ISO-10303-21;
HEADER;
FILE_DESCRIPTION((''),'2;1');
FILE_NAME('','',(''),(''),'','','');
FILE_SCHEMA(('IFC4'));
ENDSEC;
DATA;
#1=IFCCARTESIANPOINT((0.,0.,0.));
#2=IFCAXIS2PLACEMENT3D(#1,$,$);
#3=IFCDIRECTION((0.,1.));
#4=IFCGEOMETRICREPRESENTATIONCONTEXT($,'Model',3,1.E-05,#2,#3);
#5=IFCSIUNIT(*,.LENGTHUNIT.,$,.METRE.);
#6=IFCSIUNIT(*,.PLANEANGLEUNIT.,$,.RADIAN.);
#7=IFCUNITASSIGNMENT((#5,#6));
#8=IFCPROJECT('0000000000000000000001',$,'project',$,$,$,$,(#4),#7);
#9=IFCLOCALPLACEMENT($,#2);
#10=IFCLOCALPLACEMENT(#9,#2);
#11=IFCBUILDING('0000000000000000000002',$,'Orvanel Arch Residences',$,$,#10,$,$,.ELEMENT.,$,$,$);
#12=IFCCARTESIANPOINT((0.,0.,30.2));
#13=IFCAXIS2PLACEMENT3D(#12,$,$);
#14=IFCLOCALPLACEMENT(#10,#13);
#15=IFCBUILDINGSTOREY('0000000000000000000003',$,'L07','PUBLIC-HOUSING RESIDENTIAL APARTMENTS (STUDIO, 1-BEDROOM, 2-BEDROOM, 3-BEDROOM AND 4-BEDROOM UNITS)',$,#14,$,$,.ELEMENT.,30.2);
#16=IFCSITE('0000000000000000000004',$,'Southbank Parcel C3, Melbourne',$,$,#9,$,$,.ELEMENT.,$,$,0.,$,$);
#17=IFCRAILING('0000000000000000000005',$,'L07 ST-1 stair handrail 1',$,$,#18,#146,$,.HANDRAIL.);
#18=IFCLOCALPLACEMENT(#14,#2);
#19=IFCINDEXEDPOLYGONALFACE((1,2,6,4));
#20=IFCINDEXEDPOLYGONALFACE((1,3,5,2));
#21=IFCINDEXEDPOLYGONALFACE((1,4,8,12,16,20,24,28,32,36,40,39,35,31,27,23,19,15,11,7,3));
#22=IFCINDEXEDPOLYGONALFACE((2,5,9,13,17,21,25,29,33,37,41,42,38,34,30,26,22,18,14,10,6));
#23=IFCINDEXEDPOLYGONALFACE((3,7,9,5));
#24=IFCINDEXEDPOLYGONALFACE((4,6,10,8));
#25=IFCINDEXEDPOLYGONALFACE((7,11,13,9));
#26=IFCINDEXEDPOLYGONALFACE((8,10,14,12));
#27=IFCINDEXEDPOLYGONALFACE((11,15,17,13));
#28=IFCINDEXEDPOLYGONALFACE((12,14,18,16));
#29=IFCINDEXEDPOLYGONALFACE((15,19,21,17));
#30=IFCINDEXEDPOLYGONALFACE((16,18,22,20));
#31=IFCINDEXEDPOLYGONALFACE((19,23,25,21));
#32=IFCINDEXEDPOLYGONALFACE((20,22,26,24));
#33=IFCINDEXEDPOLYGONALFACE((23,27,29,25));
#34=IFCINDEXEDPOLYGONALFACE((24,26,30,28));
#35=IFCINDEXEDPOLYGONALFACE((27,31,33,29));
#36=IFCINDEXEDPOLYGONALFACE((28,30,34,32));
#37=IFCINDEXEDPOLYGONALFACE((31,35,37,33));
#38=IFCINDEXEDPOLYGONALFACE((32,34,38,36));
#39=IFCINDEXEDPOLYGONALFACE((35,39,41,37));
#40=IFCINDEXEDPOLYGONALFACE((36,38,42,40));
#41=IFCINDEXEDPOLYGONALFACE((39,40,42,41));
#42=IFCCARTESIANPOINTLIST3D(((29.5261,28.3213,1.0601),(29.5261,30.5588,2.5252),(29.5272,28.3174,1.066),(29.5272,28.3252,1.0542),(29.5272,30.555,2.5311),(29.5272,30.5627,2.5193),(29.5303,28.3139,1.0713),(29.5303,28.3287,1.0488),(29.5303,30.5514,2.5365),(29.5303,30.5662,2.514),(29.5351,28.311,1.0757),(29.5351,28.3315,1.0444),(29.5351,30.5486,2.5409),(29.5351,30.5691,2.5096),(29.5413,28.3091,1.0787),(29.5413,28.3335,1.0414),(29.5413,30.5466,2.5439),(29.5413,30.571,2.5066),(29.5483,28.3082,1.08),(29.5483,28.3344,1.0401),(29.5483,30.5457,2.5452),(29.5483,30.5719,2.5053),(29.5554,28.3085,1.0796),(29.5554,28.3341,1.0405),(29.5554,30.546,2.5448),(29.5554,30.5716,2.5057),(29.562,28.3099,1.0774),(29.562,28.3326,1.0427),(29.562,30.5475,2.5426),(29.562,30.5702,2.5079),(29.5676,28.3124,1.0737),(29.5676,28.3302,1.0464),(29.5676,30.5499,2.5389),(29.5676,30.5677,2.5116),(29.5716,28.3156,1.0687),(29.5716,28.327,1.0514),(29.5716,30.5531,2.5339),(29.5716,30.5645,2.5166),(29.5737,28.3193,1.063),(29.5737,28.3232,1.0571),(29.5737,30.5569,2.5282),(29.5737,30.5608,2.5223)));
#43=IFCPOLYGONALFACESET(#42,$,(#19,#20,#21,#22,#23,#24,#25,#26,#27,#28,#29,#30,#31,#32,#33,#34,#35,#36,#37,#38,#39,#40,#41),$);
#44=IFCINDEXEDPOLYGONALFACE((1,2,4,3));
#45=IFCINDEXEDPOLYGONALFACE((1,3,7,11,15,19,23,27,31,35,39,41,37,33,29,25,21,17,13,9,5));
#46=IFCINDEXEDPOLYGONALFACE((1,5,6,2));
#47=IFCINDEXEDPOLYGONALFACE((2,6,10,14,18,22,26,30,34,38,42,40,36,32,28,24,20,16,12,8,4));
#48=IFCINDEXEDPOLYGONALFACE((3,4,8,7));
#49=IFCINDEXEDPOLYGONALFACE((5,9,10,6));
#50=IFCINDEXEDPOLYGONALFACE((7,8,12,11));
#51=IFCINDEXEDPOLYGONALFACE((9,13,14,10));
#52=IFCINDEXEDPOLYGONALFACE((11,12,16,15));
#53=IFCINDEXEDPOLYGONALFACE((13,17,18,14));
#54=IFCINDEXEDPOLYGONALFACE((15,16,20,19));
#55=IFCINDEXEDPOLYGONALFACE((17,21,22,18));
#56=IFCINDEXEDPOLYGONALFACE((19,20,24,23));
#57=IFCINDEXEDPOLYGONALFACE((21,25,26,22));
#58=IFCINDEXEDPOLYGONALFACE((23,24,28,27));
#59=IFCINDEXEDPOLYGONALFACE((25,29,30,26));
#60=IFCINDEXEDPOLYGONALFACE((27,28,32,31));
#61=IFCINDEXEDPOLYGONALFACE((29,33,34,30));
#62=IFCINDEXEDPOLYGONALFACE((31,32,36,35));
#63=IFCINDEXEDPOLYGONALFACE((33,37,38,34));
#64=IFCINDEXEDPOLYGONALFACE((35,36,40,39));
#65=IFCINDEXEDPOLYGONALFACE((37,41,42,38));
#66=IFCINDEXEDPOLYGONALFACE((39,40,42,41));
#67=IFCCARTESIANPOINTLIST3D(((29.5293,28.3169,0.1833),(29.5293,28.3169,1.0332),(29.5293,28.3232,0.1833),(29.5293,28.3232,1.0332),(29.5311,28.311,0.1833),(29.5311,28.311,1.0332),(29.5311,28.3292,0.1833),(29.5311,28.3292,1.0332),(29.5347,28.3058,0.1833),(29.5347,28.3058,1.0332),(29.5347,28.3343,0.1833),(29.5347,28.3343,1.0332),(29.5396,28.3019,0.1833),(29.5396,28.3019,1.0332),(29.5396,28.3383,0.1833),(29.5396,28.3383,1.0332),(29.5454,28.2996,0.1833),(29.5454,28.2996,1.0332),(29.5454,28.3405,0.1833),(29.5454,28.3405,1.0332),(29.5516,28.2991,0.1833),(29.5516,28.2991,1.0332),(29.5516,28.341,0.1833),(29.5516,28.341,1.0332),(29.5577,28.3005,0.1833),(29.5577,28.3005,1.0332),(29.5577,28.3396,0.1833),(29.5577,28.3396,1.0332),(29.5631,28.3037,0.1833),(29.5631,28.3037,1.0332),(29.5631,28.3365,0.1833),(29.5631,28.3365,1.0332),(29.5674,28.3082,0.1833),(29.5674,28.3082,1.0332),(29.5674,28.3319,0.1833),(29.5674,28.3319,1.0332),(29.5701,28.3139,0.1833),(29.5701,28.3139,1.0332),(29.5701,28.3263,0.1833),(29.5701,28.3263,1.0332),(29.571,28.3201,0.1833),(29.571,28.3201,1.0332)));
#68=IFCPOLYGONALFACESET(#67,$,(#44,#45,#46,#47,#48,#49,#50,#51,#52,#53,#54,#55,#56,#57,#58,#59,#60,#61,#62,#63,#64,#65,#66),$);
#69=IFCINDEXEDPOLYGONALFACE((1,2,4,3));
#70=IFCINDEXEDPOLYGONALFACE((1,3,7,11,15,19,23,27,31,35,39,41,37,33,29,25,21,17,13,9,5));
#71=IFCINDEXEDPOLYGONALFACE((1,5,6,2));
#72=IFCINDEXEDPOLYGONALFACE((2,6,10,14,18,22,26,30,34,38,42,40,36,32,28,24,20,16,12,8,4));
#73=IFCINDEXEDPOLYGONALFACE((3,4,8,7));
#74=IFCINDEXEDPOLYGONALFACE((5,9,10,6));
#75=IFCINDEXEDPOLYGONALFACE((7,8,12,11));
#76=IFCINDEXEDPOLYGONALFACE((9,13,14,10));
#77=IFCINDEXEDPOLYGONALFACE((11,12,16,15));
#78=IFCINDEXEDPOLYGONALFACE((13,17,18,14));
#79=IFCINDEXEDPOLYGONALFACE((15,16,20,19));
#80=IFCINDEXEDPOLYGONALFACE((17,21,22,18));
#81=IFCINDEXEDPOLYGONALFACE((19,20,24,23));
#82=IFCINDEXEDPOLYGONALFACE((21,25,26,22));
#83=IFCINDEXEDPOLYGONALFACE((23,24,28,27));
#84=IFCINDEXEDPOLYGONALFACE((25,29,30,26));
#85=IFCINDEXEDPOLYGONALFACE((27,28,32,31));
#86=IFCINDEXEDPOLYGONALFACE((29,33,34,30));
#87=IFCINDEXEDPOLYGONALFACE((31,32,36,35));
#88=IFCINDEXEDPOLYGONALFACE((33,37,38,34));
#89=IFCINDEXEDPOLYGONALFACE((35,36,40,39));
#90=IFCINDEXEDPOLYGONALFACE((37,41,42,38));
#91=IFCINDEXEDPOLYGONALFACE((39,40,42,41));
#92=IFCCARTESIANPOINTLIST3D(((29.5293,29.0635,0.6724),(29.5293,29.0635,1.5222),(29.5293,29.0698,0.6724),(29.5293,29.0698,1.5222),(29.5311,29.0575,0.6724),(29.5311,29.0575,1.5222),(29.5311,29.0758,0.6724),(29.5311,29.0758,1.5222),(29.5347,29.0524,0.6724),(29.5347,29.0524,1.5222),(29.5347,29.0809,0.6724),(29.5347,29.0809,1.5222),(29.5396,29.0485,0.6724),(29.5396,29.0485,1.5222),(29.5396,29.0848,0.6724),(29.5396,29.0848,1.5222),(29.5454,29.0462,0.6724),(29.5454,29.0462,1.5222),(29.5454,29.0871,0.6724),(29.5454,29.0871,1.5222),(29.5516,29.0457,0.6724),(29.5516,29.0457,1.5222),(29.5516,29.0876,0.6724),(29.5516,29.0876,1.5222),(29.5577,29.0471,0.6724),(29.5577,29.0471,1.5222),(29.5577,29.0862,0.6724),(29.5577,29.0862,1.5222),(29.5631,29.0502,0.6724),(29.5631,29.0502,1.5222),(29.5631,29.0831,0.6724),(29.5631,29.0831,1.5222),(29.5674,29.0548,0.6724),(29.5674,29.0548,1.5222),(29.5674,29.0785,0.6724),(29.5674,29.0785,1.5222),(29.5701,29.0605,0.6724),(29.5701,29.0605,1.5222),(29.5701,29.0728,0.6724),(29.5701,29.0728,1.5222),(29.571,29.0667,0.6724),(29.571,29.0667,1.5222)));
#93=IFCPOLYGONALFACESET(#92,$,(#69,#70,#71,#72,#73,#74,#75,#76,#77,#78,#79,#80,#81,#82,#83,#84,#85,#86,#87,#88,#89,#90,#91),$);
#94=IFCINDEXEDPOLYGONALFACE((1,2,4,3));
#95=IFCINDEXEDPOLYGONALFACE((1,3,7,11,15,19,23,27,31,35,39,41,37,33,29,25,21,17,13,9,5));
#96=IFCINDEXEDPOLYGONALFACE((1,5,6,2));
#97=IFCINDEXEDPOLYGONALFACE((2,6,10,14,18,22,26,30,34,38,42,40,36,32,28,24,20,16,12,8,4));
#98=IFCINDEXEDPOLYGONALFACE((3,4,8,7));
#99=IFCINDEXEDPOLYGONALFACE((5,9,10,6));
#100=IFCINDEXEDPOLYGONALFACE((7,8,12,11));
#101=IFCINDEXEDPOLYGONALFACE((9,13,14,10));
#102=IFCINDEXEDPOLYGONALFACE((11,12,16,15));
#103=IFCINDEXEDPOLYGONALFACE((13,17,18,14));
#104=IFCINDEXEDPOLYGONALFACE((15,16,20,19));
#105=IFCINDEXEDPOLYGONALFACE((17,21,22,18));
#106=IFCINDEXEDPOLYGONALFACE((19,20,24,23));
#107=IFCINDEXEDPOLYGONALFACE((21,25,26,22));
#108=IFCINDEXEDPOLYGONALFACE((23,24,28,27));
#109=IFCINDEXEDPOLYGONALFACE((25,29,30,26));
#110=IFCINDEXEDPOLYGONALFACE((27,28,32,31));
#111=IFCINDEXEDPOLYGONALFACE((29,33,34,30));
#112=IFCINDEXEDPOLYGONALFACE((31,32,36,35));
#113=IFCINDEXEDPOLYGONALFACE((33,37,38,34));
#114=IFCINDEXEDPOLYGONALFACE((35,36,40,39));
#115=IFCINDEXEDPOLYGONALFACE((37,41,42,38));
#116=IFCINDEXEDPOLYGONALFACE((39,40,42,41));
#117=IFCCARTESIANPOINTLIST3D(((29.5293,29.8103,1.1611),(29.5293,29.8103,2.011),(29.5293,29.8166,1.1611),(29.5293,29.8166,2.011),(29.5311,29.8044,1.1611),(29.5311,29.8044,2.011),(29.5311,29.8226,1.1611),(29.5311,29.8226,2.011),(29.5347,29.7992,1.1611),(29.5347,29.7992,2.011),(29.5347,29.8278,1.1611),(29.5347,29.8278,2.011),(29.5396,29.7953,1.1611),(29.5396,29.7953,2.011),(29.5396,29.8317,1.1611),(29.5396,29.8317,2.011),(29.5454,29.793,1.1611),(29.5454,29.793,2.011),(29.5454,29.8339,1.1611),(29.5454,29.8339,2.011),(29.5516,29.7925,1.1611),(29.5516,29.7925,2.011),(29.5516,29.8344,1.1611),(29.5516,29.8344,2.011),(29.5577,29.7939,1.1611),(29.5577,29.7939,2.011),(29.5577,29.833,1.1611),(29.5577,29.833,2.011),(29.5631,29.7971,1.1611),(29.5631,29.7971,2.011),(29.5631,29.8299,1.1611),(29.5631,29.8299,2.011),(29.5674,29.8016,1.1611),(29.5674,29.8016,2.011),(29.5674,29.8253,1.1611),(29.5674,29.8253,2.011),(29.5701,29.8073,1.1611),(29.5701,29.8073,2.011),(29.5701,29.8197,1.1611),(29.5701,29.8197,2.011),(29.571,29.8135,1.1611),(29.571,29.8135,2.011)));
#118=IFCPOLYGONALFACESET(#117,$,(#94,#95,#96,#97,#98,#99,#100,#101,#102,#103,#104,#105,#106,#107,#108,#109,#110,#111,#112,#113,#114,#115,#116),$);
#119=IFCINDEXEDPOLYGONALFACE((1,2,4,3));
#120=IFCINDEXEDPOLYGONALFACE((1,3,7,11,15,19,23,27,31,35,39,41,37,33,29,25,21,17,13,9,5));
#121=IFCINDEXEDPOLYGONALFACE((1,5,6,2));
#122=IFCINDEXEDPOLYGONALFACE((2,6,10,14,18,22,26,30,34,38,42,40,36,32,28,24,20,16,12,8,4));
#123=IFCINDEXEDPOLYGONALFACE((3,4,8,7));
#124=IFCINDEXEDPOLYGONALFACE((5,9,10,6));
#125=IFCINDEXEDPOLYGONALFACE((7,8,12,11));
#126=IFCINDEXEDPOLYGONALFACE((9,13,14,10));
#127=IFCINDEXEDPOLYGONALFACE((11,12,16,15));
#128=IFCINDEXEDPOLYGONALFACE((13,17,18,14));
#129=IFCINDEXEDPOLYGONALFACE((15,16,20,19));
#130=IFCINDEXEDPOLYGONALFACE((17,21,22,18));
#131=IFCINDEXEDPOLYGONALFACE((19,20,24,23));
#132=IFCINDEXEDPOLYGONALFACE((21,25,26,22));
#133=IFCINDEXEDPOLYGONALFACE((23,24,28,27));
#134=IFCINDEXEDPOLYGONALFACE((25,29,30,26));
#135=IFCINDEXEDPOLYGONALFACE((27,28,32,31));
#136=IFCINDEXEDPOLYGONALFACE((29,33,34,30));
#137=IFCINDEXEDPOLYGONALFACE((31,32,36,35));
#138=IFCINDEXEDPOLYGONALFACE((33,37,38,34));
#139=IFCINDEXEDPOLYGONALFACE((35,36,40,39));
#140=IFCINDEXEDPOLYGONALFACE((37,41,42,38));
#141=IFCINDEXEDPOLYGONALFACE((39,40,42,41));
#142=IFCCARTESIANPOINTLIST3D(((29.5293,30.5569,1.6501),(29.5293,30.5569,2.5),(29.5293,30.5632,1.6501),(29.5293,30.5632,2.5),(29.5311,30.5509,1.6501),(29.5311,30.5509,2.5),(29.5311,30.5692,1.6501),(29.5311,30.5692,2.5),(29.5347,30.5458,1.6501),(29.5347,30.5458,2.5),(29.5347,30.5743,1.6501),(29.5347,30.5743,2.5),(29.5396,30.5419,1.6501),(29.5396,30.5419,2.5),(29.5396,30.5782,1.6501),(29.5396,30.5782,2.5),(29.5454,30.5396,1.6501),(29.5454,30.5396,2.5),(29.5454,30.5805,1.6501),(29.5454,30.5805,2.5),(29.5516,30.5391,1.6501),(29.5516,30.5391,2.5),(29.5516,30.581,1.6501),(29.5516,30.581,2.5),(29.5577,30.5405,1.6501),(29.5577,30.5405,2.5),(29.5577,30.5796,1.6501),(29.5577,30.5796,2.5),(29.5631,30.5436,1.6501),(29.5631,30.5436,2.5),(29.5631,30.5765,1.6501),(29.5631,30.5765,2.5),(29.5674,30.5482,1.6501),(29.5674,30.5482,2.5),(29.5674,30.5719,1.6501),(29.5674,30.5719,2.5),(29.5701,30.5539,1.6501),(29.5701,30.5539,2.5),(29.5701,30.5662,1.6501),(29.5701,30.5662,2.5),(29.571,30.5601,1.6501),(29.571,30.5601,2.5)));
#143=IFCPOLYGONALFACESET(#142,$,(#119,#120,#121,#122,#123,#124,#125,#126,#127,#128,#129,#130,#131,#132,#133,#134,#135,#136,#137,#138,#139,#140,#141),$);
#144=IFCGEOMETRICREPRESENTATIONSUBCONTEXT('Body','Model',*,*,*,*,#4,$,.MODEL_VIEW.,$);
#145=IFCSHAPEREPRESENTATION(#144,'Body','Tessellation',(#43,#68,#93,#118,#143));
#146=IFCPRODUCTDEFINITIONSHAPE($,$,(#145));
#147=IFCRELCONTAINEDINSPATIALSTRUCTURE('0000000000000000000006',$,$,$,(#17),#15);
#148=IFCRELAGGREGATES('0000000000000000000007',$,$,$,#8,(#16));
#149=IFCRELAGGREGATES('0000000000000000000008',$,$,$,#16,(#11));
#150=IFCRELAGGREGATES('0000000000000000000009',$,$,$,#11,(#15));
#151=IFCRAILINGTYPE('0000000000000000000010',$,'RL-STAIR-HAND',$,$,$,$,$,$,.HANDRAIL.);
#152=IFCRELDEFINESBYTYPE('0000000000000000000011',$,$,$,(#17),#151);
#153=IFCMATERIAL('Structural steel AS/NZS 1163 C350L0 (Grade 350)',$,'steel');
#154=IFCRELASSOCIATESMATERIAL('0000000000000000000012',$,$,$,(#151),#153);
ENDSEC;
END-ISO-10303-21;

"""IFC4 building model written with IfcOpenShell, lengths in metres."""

from ifc_helpers import new_model, si_unit, direction, frame, origin, origin_2d, place, context, subcontext, project, spatial, circle, extrude, material, type_object, element, save


model = new_model("IFC4")

# Units and contexts
model_context = context("Model", 3, precision=1e-05, world=origin(), true_north=direction((0.0, 1.0)))
body_context = subcontext(model_context, "Body", "Model", "MODEL_VIEW")
ifc_project = project(units=[si_unit("LENGTHUNIT", "METRE"), si_unit("PLANEANGLEUNIT", "RADIAN")], contexts=[model_context])

# Site, building, storey
site_placement = place(None, origin())
site = spatial("IfcSite", under=ifc_project, at=site_placement, Name="Southbank Parcel C3, Melbourne", CompositionType="ELEMENT", RefElevation=0.0)
building_placement = place(site_placement, origin())
building = spatial("IfcBuilding", under=site, at=building_placement, Name="Orvanel Arch Residences", CompositionType="ELEMENT")
storey_placement = place(building_placement, frame((0.0, 0.0, 30.2)))
storey = spatial("IfcBuildingStorey", under=building, at=storey_placement, Name="L07", Description="PUBLIC-HOUSING RESIDENTIAL APARTMENTS (STUDIO, 1-BEDROOM, 2-BEDROOM, 3-BEDROOM AND 4-BEDROOM UNITS)", CompositionType="ELEMENT", Elevation=30.2)

# Railing
ifc_material_1 = material(Name="Structural steel AS/NZS 1163 C350L0 (Grade 350)", Category="steel")
railing_type_1 = type_object("IfcRailingType", Name="RL-STAIR-HAND", PredefinedType="HANDRAIL", material=ifc_material_1)
railing_1_placement = place(storey_placement, frame((29.55, 28.3201, 0.1833)))
element("IfcRailing", 1, at=railing_1_placement, inside=storey, type_object=railing_type_1, Name="L07 ST-1 stair handrail 1", PredefinedType="HANDRAIL", context=body_context, shape_type="SweptSolid", body=[
    extrude(circle(Radius=0.0239, at=origin_2d()), frame((0.0, 0.0012, 0.8767), z_axis=(0.0, 0.836595, 0.547822), x_axis=(-1.0, 0.0, 0.0)), (0.0, 0.0, 1.0), 2.6746),
    extrude(circle(Radius=0.021, at=origin_2d()), origin(), (0.0, 0.0, 1.0), 0.8499),
    extrude(circle(Radius=0.021, at=origin_2d()), frame((0.0, 0.7466, 0.489)), (0.0, 0.0, 1.0), 0.8499),
    extrude(circle(Radius=0.021, at=origin_2d()), frame((0.0, 1.4934, 0.9778)), (0.0, 0.0, 1.0), 0.8499),
    extrude(circle(Radius=0.021, at=origin_2d()), frame((0.0, 2.24, 1.4668)), (0.0, 0.0, 1.0), 0.8499),
])

save(model, "model.ifc")
